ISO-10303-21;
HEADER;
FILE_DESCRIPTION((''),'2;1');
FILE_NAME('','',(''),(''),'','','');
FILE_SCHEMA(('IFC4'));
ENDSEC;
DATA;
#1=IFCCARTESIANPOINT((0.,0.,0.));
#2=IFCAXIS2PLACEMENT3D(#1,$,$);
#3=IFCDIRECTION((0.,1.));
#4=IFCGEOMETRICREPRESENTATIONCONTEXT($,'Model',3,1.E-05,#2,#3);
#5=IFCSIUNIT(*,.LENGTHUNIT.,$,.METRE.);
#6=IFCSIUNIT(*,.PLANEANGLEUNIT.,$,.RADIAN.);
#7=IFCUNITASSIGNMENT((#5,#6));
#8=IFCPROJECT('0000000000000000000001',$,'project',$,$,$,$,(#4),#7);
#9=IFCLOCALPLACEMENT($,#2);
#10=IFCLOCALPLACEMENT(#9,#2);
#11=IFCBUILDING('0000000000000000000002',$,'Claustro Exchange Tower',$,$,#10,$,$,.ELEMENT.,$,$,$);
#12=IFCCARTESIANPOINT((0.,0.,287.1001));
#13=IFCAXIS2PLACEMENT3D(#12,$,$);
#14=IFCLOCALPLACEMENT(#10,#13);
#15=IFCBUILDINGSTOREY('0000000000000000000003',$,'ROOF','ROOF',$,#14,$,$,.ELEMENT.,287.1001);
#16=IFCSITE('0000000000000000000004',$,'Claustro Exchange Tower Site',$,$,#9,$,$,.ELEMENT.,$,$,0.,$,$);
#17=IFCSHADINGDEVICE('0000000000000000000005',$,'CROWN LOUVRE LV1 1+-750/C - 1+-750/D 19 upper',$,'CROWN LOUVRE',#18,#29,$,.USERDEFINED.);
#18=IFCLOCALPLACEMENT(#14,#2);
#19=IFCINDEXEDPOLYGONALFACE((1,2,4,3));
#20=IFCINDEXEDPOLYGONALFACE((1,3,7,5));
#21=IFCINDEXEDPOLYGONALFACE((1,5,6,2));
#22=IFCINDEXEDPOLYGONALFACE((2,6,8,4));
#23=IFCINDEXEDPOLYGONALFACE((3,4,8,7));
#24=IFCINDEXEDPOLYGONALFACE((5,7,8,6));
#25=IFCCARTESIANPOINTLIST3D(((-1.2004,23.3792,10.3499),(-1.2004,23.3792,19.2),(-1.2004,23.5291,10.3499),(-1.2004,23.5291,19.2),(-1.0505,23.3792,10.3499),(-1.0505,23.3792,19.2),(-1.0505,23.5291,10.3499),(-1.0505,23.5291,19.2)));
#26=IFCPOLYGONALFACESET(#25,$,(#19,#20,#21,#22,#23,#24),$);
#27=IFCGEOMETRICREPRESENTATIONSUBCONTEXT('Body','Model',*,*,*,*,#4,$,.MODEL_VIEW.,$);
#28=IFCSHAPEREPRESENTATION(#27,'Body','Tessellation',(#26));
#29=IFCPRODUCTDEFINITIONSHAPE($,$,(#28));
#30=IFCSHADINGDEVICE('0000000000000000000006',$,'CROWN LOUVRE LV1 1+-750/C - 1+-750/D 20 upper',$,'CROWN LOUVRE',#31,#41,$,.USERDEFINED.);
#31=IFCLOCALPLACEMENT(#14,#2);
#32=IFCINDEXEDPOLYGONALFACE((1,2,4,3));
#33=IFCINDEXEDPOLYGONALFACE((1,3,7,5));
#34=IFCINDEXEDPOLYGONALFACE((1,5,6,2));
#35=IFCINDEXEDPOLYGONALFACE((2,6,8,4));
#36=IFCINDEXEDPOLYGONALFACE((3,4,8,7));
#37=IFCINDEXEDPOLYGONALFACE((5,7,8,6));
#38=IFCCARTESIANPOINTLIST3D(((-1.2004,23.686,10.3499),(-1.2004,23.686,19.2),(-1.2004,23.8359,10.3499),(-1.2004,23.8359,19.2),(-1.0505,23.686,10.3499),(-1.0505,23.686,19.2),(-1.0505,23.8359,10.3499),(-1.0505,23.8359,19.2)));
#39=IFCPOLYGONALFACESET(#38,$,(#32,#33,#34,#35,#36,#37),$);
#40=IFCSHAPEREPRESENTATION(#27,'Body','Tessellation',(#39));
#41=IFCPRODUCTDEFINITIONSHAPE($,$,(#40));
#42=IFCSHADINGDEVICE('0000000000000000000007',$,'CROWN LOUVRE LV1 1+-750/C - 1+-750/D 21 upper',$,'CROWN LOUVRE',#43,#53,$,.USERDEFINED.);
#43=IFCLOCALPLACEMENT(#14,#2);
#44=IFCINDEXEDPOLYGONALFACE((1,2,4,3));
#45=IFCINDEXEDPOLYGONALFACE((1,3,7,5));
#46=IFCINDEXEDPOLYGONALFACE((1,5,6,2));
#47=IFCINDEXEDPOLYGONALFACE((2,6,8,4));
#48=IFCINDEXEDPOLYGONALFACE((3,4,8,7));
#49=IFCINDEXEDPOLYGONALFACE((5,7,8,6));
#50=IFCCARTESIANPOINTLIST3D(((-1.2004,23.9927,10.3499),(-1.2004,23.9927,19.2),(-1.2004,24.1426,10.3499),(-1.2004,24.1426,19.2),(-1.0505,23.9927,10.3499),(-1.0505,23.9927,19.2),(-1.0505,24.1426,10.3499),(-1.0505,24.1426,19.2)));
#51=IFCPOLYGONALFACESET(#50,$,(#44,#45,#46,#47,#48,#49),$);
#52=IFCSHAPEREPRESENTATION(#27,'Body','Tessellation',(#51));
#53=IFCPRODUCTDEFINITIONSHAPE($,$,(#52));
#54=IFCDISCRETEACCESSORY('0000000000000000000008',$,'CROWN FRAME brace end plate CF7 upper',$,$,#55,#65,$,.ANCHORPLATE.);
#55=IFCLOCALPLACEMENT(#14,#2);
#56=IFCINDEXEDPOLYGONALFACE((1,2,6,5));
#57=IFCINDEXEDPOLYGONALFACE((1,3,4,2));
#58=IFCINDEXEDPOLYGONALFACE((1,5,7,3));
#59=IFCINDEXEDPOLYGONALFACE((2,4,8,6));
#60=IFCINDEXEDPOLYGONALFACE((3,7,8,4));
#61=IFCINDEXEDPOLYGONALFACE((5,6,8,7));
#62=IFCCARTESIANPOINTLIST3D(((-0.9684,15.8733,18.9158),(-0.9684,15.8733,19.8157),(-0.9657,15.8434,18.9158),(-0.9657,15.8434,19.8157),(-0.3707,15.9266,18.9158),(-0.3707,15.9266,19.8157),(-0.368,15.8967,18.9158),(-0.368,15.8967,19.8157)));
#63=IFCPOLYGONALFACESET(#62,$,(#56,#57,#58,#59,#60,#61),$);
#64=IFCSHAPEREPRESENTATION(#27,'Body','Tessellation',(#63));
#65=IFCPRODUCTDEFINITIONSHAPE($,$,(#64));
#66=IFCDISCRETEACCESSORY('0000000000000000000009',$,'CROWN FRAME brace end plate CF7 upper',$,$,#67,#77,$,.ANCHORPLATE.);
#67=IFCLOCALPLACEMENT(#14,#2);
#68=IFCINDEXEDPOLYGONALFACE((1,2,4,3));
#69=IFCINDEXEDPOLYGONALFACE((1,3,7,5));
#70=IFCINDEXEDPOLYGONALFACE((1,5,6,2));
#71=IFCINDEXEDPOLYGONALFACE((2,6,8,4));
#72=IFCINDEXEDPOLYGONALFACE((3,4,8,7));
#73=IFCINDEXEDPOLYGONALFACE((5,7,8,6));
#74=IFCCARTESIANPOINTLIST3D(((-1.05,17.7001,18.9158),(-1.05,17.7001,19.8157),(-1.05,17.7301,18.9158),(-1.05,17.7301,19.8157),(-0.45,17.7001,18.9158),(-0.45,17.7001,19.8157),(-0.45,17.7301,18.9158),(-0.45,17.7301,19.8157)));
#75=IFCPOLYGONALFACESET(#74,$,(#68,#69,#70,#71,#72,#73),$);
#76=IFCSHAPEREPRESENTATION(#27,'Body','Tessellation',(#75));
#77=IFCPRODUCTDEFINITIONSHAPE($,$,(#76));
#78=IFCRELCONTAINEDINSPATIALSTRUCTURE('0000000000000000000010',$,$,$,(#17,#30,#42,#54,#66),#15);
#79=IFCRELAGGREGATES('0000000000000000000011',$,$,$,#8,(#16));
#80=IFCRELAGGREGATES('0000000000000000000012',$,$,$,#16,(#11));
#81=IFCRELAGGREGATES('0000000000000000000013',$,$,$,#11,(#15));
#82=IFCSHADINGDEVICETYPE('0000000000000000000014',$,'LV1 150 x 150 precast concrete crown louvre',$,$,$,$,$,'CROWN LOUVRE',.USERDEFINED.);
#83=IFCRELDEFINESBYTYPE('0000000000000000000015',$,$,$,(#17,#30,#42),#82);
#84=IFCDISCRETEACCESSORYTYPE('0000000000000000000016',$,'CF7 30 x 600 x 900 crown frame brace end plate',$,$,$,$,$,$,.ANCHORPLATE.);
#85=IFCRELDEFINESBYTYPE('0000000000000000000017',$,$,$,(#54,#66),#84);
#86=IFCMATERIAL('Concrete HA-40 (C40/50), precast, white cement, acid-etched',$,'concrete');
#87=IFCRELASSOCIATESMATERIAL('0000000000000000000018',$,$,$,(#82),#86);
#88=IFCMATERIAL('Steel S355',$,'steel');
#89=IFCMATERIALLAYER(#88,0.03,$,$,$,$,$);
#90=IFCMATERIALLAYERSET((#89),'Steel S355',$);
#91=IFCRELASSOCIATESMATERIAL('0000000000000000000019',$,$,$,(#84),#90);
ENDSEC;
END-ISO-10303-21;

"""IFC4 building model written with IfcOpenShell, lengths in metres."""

from ifc_helpers import new_model, si_unit, direction, frame, origin, origin_2d, place, context, subcontext, project, spatial, rectangle, extrude, material, layer, layer_set, type_object, element, save


model = new_model("IFC4")

# Units and contexts
model_context = context("Model", 3, precision=1e-05, world=origin(), true_north=direction((0.0, 1.0)))
body_context = subcontext(model_context, "Body", "Model", "MODEL_VIEW")
ifc_project = project(units=[si_unit("LENGTHUNIT", "METRE"), si_unit("PLANEANGLEUNIT", "RADIAN")], contexts=[model_context])

# Site, building, storey
site_placement = place(None, origin())
site = spatial("IfcSite", under=ifc_project, at=site_placement, Name="Claustro Exchange Tower Site", CompositionType="ELEMENT", RefElevation=0.0)
building_placement = place(site_placement, origin())
building = spatial("IfcBuilding", under=site, at=building_placement, Name="Claustro Exchange Tower", CompositionType="ELEMENT")
storey_placement = place(building_placement, frame((0.0, 0.0, 287.1001)))
storey = spatial("IfcBuildingStorey", under=building, at=storey_placement, Name="ROOF", Description="ROOF", CompositionType="ELEMENT", Elevation=287.1001)

# Shading devices
ifc_material_1 = material(Name="Concrete HA-40 (C40/50), precast, white cement, acid-etched", Category="concrete")
shading_device_type = type_object("IfcShadingDeviceType", Name="LV1 150 x 150 precast concrete crown louvre", ElementType="CROWN LOUVRE", PredefinedType="USERDEFINED", material=ifc_material_1)
for number, where, z_axis, x_axis, name in (
    (1, (-1.1255, 23.4541, 10.3499), (0.0, 0.0, 1.0), (0.0, 1.0, 0.0), "CROWN LOUVRE LV1 1+-750/C - 1+-750/D 19 upper"),
    (2, (-1.1255, 23.761, 10.3499), (0.0, 0.0, 1.0), (0.0, 1.0, 0.0), "CROWN LOUVRE LV1 1+-750/C - 1+-750/D 20 upper"),
    (3, (-1.1255, 24.0676, 10.3499), (0.0, 0.0, 1.0), (0.0, 1.0, 0.0), "CROWN LOUVRE LV1 1+-750/C - 1+-750/D 21 upper"),
):
    element("IfcShadingDevice", number, at=place(storey_placement, frame(where, z_axis=z_axis, x_axis=x_axis)), inside=storey, type_object=shading_device_type, Name=name, ObjectType="CROWN LOUVRE", PredefinedType="USERDEFINED", context=body_context, shape_type="SweptSolid", body=[
        extrude(rectangle(XDim=0.1499, YDim=0.1499, at=origin_2d()), origin(), (0.0, 0.0, 1.0), 8.8501),
    ])

# Discrete accessories
ifc_material_2 = material(Name="Steel S355", Category="steel")
ifc_layer_1 = layer(ifc_material_2, 0.03)
ifc_layer_set_1 = layer_set([ifc_layer_1], Name="Steel S355")
discrete_accessory_type = type_object("IfcDiscreteAccessoryType", Name="CF7 30 x 600 x 900 crown frame brace end plate", PredefinedType="ANCHORPLATE", material=ifc_layer_set_1)
for number, where, z_axis, x_axis, name in (
    (4, (-0.6682, 15.885, 18.9158), (0.0, 0.0, 1.0), (-0.088933, 0.996038, 0.0), "CROWN FRAME brace end plate CF7 upper"),
    (5, (-0.75, 17.7151, 18.9158), (0.0, 0.0, 1.0), (0.0, -1.0, 0.0), "CROWN FRAME brace end plate CF7 upper"),
):
    element("IfcDiscreteAccessory", number, at=place(storey_placement, frame(where, z_axis=z_axis, x_axis=x_axis)), inside=storey, type_object=discrete_accessory_type, Name=name, PredefinedType="ANCHORPLATE", context=body_context, shape_type="SweptSolid", body=[
        extrude(rectangle(XDim=0.03, YDim=0.6001, at=origin_2d()), origin(), (0.0, 0.0, 1.0), 0.8999),
    ])

save(model, "model.ifc")
